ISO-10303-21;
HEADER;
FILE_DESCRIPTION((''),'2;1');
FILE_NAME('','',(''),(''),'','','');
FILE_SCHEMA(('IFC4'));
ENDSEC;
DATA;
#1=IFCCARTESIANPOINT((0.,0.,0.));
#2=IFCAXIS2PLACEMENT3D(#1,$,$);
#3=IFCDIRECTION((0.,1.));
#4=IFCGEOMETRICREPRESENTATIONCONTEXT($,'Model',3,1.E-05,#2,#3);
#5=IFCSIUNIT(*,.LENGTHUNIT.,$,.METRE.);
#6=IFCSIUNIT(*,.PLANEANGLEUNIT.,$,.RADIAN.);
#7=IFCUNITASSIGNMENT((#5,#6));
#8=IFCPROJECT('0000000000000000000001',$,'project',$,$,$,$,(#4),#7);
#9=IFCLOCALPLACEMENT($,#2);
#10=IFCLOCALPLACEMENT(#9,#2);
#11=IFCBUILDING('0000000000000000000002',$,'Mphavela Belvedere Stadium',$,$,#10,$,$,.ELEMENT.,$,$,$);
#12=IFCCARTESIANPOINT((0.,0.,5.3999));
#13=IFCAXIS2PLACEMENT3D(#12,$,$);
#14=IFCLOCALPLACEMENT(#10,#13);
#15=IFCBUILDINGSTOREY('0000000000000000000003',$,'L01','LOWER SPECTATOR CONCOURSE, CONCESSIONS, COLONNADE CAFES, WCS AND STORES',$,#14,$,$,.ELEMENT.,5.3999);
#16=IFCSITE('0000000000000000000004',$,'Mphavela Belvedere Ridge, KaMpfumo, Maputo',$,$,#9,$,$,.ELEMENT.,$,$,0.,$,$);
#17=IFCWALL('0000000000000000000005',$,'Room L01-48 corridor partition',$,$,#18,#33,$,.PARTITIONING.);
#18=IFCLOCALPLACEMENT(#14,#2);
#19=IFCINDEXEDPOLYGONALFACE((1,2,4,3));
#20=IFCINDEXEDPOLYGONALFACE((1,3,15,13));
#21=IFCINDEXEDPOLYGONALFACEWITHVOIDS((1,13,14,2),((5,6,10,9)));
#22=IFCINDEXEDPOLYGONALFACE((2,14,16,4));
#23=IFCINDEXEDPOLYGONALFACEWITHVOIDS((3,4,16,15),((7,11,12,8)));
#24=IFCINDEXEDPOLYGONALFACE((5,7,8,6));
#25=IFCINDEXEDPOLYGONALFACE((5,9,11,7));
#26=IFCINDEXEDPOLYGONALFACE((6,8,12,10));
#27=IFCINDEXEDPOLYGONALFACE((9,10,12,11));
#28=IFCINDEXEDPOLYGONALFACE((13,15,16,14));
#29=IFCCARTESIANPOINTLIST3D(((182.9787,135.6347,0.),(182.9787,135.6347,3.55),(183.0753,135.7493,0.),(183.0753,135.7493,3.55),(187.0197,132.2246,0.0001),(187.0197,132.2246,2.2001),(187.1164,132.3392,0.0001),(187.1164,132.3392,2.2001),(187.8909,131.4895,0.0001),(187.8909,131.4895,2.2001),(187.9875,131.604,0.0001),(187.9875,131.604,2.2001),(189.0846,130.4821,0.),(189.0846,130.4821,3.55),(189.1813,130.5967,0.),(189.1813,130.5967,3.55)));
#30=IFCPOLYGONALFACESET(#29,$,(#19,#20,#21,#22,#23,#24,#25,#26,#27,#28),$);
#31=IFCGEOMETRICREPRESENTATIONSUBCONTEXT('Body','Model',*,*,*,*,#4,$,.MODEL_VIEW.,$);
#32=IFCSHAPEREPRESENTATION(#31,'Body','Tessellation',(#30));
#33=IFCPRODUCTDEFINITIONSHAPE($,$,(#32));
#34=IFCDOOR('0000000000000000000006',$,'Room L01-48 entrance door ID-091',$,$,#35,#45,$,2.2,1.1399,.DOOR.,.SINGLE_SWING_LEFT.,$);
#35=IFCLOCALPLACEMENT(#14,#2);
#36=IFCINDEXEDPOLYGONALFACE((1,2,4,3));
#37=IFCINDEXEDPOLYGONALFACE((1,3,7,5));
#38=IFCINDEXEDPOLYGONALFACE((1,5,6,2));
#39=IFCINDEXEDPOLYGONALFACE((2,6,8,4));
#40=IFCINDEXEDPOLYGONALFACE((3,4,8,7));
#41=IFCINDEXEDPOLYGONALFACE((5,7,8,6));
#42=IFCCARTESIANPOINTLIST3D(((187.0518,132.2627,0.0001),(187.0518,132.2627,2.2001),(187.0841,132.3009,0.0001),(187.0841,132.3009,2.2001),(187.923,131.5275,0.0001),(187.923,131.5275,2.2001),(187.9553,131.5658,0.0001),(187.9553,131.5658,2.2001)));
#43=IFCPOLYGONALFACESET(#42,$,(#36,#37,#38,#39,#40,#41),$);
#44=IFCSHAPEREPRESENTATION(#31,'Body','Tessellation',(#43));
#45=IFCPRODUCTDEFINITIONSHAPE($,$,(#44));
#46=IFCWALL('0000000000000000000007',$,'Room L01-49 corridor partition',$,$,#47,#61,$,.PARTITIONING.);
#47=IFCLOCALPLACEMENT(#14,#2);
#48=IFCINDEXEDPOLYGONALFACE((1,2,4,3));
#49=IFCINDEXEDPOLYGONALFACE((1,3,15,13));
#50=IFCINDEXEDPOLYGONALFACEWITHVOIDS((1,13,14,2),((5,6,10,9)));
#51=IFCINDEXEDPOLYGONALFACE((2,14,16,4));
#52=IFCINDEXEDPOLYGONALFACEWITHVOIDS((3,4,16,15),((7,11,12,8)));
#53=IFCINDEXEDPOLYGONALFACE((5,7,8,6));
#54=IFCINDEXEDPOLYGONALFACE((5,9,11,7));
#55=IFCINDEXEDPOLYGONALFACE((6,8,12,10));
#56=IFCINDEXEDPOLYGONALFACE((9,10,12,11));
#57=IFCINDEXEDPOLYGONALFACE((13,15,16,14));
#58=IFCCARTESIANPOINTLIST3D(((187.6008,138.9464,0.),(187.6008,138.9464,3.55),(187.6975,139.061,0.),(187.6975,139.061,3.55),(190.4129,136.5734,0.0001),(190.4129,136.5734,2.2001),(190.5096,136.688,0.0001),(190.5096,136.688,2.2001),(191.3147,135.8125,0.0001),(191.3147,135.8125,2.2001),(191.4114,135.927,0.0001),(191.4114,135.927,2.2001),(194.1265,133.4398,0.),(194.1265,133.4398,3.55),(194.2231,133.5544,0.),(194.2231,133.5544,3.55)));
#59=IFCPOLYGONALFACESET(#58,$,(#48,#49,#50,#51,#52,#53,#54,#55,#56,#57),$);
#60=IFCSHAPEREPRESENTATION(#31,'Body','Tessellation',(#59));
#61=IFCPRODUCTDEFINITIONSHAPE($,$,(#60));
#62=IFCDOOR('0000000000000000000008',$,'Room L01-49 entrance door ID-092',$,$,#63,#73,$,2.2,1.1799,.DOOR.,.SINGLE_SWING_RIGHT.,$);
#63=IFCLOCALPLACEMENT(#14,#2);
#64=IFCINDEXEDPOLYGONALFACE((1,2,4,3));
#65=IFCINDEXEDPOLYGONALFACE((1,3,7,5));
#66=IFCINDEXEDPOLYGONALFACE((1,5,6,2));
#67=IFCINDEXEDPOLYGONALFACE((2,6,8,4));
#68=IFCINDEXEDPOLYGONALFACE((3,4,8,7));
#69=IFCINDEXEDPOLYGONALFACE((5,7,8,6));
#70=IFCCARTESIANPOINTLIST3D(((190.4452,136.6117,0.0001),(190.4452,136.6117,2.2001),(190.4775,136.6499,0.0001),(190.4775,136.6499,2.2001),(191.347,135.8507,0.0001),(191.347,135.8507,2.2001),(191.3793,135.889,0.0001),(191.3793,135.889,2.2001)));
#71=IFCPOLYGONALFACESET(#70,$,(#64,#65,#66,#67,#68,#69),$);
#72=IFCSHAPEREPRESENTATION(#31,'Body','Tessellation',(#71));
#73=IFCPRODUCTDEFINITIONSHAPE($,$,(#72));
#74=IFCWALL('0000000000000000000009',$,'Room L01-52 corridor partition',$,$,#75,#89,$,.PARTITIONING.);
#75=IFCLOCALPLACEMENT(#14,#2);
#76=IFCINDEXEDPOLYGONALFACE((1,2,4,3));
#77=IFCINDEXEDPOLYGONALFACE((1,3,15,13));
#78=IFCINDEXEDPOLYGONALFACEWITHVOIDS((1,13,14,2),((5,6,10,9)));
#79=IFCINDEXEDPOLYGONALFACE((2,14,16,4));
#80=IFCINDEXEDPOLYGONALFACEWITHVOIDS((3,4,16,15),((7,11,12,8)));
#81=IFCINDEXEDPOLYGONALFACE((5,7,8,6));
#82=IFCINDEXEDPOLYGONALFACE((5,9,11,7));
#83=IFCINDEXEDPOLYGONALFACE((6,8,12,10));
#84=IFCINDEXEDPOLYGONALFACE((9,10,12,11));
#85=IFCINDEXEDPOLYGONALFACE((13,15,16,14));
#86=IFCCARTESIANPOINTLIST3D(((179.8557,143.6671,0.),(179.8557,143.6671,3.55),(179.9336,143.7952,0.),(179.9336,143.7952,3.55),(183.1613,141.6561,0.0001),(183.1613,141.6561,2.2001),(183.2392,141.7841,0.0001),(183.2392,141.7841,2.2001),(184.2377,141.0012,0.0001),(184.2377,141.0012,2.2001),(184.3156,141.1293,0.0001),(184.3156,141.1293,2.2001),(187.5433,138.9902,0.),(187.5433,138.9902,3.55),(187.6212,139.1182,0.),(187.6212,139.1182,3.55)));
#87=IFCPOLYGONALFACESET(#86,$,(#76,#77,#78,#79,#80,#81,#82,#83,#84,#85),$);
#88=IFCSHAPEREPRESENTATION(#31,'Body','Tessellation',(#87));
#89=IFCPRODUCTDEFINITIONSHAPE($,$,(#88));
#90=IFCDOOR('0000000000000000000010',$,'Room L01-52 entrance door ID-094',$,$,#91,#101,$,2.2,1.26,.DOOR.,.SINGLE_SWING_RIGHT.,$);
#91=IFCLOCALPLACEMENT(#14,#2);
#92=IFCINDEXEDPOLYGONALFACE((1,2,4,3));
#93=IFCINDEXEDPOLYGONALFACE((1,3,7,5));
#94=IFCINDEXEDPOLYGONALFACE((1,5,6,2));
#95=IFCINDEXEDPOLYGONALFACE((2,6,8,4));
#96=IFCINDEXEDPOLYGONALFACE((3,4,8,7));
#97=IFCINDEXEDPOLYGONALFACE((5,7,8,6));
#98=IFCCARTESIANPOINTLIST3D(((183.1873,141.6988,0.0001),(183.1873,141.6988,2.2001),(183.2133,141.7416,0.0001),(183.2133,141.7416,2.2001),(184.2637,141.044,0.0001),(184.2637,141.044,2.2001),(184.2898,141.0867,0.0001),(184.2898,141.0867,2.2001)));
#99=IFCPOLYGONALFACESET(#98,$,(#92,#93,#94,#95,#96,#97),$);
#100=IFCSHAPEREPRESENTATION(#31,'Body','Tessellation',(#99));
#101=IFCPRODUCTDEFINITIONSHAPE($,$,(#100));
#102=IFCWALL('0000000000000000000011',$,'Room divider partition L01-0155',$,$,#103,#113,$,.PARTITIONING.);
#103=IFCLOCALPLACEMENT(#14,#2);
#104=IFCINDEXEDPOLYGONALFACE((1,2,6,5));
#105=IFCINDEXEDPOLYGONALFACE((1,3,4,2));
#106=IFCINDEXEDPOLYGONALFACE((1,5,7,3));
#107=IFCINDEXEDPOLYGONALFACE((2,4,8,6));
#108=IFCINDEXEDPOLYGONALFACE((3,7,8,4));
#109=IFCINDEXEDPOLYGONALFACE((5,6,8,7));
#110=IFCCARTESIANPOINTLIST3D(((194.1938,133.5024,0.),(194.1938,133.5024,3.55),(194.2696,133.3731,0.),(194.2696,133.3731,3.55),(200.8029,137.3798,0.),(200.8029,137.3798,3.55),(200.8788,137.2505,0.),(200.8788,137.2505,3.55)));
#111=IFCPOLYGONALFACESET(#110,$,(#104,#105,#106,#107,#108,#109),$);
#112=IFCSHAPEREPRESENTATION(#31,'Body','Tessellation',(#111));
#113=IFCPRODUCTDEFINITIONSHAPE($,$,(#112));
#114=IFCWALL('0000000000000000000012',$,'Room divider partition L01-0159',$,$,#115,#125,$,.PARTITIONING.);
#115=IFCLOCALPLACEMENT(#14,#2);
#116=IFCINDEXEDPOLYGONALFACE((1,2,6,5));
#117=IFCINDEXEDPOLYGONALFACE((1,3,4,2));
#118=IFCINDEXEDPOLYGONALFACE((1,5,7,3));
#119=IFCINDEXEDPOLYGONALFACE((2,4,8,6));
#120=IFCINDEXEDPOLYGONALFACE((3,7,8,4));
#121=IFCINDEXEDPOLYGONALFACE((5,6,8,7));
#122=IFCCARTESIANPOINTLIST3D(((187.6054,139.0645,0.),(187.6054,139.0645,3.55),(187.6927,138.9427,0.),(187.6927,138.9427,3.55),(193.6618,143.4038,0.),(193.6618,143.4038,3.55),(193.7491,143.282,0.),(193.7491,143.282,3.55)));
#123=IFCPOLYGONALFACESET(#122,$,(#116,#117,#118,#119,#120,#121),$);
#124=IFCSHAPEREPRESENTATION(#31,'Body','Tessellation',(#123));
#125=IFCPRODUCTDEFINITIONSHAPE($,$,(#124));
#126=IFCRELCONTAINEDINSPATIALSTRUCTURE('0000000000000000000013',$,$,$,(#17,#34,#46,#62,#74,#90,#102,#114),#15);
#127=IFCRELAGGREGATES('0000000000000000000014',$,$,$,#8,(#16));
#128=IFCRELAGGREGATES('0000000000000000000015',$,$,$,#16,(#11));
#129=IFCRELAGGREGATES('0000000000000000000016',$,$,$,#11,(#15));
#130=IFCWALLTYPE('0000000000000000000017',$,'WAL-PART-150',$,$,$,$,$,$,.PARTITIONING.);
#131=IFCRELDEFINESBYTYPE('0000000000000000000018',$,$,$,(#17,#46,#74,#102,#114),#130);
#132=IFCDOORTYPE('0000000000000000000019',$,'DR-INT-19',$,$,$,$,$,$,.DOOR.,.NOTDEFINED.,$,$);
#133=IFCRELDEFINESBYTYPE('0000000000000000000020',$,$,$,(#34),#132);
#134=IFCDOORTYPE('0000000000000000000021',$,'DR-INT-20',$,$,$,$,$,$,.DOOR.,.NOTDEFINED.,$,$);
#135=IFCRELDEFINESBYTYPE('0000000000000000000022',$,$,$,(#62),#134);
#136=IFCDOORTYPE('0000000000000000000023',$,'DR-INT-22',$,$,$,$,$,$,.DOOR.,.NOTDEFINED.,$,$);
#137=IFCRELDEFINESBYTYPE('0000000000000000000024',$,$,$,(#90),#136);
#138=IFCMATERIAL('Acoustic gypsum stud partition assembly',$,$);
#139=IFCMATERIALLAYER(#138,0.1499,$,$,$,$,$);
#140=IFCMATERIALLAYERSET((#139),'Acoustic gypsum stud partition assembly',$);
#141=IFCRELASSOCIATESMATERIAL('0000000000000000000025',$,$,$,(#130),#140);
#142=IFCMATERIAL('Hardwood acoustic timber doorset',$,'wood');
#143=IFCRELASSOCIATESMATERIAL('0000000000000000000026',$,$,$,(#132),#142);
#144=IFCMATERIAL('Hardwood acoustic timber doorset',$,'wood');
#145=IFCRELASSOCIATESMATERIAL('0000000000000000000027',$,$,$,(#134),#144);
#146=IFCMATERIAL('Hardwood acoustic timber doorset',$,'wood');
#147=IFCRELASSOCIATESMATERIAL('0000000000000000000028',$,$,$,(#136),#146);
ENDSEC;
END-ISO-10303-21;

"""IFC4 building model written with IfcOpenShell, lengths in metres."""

from ifc_helpers import new_model, si_unit, direction, frame, frame_2d, origin, place, context, subcontext, project, spatial, rectangle, extrude, material, layer, layer_set, type_object, element, fill, save


model = new_model("IFC4")

# Units and contexts
model_context = context("Model", 3, precision=1e-05, world=origin(), true_north=direction((0.0, 1.0)))
body_context = subcontext(model_context, "Body", "Model", "MODEL_VIEW")
ifc_project = project(units=[si_unit("LENGTHUNIT", "METRE"), si_unit("PLANEANGLEUNIT", "RADIAN")], contexts=[model_context])

# Site, building, storey
site_placement = place(None, origin())
site = spatial("IfcSite", under=ifc_project, at=site_placement, Name="Mphavela Belvedere Ridge, KaMpfumo, Maputo", CompositionType="ELEMENT", RefElevation=0.0)
building_placement = place(site_placement, origin())
building = spatial("IfcBuilding", under=site, at=building_placement, Name="Mphavela Belvedere Stadium", CompositionType="ELEMENT")
storey_placement = place(building_placement, frame((0.0, 0.0, 5.3999)))
storey = spatial("IfcBuildingStorey", under=building, at=storey_placement, Name="L01", Description="LOWER SPECTATOR CONCOURSE, CONCESSIONS, COLONNADE CAFES, WCS AND STORES", CompositionType="ELEMENT", Elevation=5.3999)

# Walls, openings, doors
ifc_material_1 = material(Name="Acoustic gypsum stud partition assembly")
ifc_layer = layer(ifc_material_1, 0.1499)
ifc_layer_set = layer_set([ifc_layer], Name="Acoustic gypsum stud partition assembly")
wall_type = type_object("IfcWallType", Name="WAL-PART-150", PredefinedType="PARTITIONING", material=ifc_layer_set)
wall_1_placement = place(storey_placement, frame((183.0271, 135.6919, 0.0), z_axis=(0.0, 0.0, 1.0), x_axis=(0.764249, -0.644921, 0.0)))
wall_1 = element("IfcWall", 1, at=wall_1_placement, inside=storey, type_object=wall_type, Name="Room L01-48 corridor partition", PredefinedType="PARTITIONING", context=body_context, shape_type="SweptSolid", body=[
    extrude(rectangle(XDim=7.9895, YDim=0.1499, at=frame_2d((3.9946, 0.0))), origin(), (0.0, 0.0, 1.0), 3.55),
])
opening_1_placement = place(wall_1_placement, frame((5.2876, 0.0, 0.0)))
opening_1 = element("IfcOpeningElement", 2, at=opening_1_placement, cuts=wall_1, PredefinedType="OPENING", context=body_context, shape_type="SweptSolid", body=[
    extrude(rectangle(XDim=1.1399, YDim=2.2, at=frame_2d((0.5698, 1.1001))), frame((0.0, 0.085, 0.0), z_axis=(0.0, -1.0, 0.0), x_axis=(1.0, 0.0, 0.0)), (0.0, 0.0, 1.0), 0.1699),
])
ifc_material_2 = material(Name="Hardwood acoustic timber doorset", Category="wood")
door_type_1 = type_object("IfcDoorType", Name="DR-INT-19", OperationType="NOTDEFINED", PredefinedType="DOOR", material=ifc_material_2)
door_1_placement = place(opening_1_placement, origin())
door_1 = element("IfcDoor", 3, at=door_1_placement, inside=storey, type_object=door_type_1, Name="Room L01-48 entrance door ID-091", OperationType="SINGLE_SWING_LEFT", OverallHeight=2.2, OverallWidth=1.1399, PredefinedType="DOOR", context=body_context, shape_type="SweptSolid", body=[
    extrude(rectangle(XDim=1.1399, YDim=2.2, at=frame_2d((0.5698, 1.1001))), frame((0.0, 0.0249, 0.0), z_axis=(0.0, -1.0, 0.0), x_axis=(1.0, 0.0, 0.0)), (0.0, 0.0, 1.0), 0.05),
])
fill(opening_1, door_1)
wall_2_placement = place(storey_placement, frame((194.1748, 133.4971, 0.0), z_axis=(0.0, 0.0, 1.0), x_axis=(-0.764258, 0.644911, 0.0)))
wall_2 = element("IfcWall", 4, at=wall_2_placement, inside=storey, type_object=wall_type, Name="Room L01-49 corridor partition", PredefinedType="PARTITIONING", context=body_context, shape_type="SweptSolid", body=[
    extrude(rectangle(XDim=8.5386, YDim=0.1499, at=frame_2d((4.2693, 0.0))), origin(), (0.0, 0.0, 1.0), 3.55),
])
opening_2_placement = place(wall_2_placement, frame((3.6792, 0.0, 0.0)))
opening_2 = element("IfcOpeningElement", 5, at=opening_2_placement, cuts=wall_2, PredefinedType="OPENING", context=body_context, shape_type="SweptSolid", body=[
    extrude(rectangle(XDim=1.1799, YDim=2.2, at=frame_2d((0.5898, 1.1001))), frame((0.0, 0.085, 0.0), z_axis=(0.0, -1.0, 0.0), x_axis=(1.0, 0.0, 0.0)), (0.0, 0.0, 1.0), 0.1699),
])
ifc_material_3 = material(Name="Hardwood acoustic timber doorset", Category="wood")
door_type_2 = type_object("IfcDoorType", Name="DR-INT-20", OperationType="NOTDEFINED", PredefinedType="DOOR", material=ifc_material_3)
door_2_placement = place(opening_2_placement, origin())
door_2 = element("IfcDoor", 6, at=door_2_placement, inside=storey, type_object=door_type_2, Name="Room L01-49 entrance door ID-092", OperationType="SINGLE_SWING_RIGHT", OverallHeight=2.2, OverallWidth=1.1799, PredefinedType="DOOR", context=body_context, shape_type="SweptSolid", body=[
    extrude(rectangle(XDim=1.1799, YDim=2.2, at=frame_2d((0.5898, 1.1001))), frame((0.0, 0.0249, 0.0), z_axis=(0.0, -1.0, 0.0), x_axis=(1.0, 0.0, 0.0)), (0.0, 0.0, 1.0), 0.05),
])
fill(opening_2, door_2)
wall_3_placement = place(storey_placement, frame((187.5823, 139.0542, 0.0), z_axis=(0.0, 0.0, 1.0), x_axis=(-0.854322, 0.519745, 0.0)))
wall_3 = element("IfcWall", 7, at=wall_3_placement, inside=storey, type_object=wall_type, Name="Room L01-52 corridor partition", PredefinedType="PARTITIONING", context=body_context, shape_type="SweptSolid", body=[
    extrude(rectangle(XDim=8.9985, YDim=0.1499, at=frame_2d((4.4993, 0.0))), origin(), (0.0, 0.0, 1.0), 3.55),
])
opening_3_placement = place(wall_3_placement, frame((3.8694, 0.0, 0.0)))
opening_3 = element("IfcOpeningElement", 8, at=opening_3_placement, cuts=wall_3, PredefinedType="OPENING", context=body_context, shape_type="SweptSolid", body=[
    extrude(rectangle(XDim=1.26, YDim=2.2, at=frame_2d((0.6299, 1.1001))), frame((0.0, 0.085, 0.0), z_axis=(0.0, -1.0, 0.0), x_axis=(1.0, 0.0, 0.0)), (0.0, 0.0, 1.0), 0.1699),
])
ifc_material_4 = material(Name="Hardwood acoustic timber doorset", Category="wood")
door_type_3 = type_object("IfcDoorType", Name="DR-INT-22", OperationType="NOTDEFINED", PredefinedType="DOOR", material=ifc_material_4)
door_3_placement = place(opening_3_placement, origin())
door_3 = element("IfcDoor", 9, at=door_3_placement, inside=storey, type_object=door_type_3, Name="Room L01-52 entrance door ID-094", OperationType="SINGLE_SWING_RIGHT", OverallHeight=2.2, OverallWidth=1.26, PredefinedType="DOOR", context=body_context, shape_type="SweptSolid", body=[
    extrude(rectangle(XDim=1.26, YDim=2.2, at=frame_2d((0.6299, 1.1001))), frame((0.0, 0.0249, 0.0), z_axis=(0.0, -1.0, 0.0), x_axis=(1.0, 0.0, 0.0)), (0.0, 0.0, 1.0), 0.05),
])
fill(opening_3, door_3)

# Walls
wall_4_placement = place(storey_placement, frame((194.2317, 133.4377, 0.0), z_axis=(0.0, 0.0, 1.0), x_axis=(0.86252, 0.506023, 0.0)))
element("IfcWall", 10, at=wall_4_placement, inside=storey, type_object=wall_type, Name="Room divider partition L01-0155", PredefinedType="PARTITIONING", context=body_context, shape_type="SweptSolid", body=[
    extrude(rectangle(XDim=7.6626, YDim=0.1499, at=frame_2d((3.8313, 0.0))), origin(), (0.0, 0.0, 1.0), 3.55),
])
wall_5_placement = place(storey_placement, frame((187.6492, 139.0037, 0.0), z_axis=(0.0, 0.0, 1.0), x_axis=(0.812885, 0.582425, 0.0)))
element("IfcWall", 11, at=wall_5_placement, inside=storey, type_object=wall_type, Name="Room divider partition L01-0159", PredefinedType="PARTITIONING", context=body_context, shape_type="SweptSolid", body=[
    extrude(rectangle(XDim=7.4504, YDim=0.1499, at=frame_2d((3.7251, 0.0))), origin(), (0.0, 0.0, 1.0), 3.55),
])

save(model, "model.ifc")
